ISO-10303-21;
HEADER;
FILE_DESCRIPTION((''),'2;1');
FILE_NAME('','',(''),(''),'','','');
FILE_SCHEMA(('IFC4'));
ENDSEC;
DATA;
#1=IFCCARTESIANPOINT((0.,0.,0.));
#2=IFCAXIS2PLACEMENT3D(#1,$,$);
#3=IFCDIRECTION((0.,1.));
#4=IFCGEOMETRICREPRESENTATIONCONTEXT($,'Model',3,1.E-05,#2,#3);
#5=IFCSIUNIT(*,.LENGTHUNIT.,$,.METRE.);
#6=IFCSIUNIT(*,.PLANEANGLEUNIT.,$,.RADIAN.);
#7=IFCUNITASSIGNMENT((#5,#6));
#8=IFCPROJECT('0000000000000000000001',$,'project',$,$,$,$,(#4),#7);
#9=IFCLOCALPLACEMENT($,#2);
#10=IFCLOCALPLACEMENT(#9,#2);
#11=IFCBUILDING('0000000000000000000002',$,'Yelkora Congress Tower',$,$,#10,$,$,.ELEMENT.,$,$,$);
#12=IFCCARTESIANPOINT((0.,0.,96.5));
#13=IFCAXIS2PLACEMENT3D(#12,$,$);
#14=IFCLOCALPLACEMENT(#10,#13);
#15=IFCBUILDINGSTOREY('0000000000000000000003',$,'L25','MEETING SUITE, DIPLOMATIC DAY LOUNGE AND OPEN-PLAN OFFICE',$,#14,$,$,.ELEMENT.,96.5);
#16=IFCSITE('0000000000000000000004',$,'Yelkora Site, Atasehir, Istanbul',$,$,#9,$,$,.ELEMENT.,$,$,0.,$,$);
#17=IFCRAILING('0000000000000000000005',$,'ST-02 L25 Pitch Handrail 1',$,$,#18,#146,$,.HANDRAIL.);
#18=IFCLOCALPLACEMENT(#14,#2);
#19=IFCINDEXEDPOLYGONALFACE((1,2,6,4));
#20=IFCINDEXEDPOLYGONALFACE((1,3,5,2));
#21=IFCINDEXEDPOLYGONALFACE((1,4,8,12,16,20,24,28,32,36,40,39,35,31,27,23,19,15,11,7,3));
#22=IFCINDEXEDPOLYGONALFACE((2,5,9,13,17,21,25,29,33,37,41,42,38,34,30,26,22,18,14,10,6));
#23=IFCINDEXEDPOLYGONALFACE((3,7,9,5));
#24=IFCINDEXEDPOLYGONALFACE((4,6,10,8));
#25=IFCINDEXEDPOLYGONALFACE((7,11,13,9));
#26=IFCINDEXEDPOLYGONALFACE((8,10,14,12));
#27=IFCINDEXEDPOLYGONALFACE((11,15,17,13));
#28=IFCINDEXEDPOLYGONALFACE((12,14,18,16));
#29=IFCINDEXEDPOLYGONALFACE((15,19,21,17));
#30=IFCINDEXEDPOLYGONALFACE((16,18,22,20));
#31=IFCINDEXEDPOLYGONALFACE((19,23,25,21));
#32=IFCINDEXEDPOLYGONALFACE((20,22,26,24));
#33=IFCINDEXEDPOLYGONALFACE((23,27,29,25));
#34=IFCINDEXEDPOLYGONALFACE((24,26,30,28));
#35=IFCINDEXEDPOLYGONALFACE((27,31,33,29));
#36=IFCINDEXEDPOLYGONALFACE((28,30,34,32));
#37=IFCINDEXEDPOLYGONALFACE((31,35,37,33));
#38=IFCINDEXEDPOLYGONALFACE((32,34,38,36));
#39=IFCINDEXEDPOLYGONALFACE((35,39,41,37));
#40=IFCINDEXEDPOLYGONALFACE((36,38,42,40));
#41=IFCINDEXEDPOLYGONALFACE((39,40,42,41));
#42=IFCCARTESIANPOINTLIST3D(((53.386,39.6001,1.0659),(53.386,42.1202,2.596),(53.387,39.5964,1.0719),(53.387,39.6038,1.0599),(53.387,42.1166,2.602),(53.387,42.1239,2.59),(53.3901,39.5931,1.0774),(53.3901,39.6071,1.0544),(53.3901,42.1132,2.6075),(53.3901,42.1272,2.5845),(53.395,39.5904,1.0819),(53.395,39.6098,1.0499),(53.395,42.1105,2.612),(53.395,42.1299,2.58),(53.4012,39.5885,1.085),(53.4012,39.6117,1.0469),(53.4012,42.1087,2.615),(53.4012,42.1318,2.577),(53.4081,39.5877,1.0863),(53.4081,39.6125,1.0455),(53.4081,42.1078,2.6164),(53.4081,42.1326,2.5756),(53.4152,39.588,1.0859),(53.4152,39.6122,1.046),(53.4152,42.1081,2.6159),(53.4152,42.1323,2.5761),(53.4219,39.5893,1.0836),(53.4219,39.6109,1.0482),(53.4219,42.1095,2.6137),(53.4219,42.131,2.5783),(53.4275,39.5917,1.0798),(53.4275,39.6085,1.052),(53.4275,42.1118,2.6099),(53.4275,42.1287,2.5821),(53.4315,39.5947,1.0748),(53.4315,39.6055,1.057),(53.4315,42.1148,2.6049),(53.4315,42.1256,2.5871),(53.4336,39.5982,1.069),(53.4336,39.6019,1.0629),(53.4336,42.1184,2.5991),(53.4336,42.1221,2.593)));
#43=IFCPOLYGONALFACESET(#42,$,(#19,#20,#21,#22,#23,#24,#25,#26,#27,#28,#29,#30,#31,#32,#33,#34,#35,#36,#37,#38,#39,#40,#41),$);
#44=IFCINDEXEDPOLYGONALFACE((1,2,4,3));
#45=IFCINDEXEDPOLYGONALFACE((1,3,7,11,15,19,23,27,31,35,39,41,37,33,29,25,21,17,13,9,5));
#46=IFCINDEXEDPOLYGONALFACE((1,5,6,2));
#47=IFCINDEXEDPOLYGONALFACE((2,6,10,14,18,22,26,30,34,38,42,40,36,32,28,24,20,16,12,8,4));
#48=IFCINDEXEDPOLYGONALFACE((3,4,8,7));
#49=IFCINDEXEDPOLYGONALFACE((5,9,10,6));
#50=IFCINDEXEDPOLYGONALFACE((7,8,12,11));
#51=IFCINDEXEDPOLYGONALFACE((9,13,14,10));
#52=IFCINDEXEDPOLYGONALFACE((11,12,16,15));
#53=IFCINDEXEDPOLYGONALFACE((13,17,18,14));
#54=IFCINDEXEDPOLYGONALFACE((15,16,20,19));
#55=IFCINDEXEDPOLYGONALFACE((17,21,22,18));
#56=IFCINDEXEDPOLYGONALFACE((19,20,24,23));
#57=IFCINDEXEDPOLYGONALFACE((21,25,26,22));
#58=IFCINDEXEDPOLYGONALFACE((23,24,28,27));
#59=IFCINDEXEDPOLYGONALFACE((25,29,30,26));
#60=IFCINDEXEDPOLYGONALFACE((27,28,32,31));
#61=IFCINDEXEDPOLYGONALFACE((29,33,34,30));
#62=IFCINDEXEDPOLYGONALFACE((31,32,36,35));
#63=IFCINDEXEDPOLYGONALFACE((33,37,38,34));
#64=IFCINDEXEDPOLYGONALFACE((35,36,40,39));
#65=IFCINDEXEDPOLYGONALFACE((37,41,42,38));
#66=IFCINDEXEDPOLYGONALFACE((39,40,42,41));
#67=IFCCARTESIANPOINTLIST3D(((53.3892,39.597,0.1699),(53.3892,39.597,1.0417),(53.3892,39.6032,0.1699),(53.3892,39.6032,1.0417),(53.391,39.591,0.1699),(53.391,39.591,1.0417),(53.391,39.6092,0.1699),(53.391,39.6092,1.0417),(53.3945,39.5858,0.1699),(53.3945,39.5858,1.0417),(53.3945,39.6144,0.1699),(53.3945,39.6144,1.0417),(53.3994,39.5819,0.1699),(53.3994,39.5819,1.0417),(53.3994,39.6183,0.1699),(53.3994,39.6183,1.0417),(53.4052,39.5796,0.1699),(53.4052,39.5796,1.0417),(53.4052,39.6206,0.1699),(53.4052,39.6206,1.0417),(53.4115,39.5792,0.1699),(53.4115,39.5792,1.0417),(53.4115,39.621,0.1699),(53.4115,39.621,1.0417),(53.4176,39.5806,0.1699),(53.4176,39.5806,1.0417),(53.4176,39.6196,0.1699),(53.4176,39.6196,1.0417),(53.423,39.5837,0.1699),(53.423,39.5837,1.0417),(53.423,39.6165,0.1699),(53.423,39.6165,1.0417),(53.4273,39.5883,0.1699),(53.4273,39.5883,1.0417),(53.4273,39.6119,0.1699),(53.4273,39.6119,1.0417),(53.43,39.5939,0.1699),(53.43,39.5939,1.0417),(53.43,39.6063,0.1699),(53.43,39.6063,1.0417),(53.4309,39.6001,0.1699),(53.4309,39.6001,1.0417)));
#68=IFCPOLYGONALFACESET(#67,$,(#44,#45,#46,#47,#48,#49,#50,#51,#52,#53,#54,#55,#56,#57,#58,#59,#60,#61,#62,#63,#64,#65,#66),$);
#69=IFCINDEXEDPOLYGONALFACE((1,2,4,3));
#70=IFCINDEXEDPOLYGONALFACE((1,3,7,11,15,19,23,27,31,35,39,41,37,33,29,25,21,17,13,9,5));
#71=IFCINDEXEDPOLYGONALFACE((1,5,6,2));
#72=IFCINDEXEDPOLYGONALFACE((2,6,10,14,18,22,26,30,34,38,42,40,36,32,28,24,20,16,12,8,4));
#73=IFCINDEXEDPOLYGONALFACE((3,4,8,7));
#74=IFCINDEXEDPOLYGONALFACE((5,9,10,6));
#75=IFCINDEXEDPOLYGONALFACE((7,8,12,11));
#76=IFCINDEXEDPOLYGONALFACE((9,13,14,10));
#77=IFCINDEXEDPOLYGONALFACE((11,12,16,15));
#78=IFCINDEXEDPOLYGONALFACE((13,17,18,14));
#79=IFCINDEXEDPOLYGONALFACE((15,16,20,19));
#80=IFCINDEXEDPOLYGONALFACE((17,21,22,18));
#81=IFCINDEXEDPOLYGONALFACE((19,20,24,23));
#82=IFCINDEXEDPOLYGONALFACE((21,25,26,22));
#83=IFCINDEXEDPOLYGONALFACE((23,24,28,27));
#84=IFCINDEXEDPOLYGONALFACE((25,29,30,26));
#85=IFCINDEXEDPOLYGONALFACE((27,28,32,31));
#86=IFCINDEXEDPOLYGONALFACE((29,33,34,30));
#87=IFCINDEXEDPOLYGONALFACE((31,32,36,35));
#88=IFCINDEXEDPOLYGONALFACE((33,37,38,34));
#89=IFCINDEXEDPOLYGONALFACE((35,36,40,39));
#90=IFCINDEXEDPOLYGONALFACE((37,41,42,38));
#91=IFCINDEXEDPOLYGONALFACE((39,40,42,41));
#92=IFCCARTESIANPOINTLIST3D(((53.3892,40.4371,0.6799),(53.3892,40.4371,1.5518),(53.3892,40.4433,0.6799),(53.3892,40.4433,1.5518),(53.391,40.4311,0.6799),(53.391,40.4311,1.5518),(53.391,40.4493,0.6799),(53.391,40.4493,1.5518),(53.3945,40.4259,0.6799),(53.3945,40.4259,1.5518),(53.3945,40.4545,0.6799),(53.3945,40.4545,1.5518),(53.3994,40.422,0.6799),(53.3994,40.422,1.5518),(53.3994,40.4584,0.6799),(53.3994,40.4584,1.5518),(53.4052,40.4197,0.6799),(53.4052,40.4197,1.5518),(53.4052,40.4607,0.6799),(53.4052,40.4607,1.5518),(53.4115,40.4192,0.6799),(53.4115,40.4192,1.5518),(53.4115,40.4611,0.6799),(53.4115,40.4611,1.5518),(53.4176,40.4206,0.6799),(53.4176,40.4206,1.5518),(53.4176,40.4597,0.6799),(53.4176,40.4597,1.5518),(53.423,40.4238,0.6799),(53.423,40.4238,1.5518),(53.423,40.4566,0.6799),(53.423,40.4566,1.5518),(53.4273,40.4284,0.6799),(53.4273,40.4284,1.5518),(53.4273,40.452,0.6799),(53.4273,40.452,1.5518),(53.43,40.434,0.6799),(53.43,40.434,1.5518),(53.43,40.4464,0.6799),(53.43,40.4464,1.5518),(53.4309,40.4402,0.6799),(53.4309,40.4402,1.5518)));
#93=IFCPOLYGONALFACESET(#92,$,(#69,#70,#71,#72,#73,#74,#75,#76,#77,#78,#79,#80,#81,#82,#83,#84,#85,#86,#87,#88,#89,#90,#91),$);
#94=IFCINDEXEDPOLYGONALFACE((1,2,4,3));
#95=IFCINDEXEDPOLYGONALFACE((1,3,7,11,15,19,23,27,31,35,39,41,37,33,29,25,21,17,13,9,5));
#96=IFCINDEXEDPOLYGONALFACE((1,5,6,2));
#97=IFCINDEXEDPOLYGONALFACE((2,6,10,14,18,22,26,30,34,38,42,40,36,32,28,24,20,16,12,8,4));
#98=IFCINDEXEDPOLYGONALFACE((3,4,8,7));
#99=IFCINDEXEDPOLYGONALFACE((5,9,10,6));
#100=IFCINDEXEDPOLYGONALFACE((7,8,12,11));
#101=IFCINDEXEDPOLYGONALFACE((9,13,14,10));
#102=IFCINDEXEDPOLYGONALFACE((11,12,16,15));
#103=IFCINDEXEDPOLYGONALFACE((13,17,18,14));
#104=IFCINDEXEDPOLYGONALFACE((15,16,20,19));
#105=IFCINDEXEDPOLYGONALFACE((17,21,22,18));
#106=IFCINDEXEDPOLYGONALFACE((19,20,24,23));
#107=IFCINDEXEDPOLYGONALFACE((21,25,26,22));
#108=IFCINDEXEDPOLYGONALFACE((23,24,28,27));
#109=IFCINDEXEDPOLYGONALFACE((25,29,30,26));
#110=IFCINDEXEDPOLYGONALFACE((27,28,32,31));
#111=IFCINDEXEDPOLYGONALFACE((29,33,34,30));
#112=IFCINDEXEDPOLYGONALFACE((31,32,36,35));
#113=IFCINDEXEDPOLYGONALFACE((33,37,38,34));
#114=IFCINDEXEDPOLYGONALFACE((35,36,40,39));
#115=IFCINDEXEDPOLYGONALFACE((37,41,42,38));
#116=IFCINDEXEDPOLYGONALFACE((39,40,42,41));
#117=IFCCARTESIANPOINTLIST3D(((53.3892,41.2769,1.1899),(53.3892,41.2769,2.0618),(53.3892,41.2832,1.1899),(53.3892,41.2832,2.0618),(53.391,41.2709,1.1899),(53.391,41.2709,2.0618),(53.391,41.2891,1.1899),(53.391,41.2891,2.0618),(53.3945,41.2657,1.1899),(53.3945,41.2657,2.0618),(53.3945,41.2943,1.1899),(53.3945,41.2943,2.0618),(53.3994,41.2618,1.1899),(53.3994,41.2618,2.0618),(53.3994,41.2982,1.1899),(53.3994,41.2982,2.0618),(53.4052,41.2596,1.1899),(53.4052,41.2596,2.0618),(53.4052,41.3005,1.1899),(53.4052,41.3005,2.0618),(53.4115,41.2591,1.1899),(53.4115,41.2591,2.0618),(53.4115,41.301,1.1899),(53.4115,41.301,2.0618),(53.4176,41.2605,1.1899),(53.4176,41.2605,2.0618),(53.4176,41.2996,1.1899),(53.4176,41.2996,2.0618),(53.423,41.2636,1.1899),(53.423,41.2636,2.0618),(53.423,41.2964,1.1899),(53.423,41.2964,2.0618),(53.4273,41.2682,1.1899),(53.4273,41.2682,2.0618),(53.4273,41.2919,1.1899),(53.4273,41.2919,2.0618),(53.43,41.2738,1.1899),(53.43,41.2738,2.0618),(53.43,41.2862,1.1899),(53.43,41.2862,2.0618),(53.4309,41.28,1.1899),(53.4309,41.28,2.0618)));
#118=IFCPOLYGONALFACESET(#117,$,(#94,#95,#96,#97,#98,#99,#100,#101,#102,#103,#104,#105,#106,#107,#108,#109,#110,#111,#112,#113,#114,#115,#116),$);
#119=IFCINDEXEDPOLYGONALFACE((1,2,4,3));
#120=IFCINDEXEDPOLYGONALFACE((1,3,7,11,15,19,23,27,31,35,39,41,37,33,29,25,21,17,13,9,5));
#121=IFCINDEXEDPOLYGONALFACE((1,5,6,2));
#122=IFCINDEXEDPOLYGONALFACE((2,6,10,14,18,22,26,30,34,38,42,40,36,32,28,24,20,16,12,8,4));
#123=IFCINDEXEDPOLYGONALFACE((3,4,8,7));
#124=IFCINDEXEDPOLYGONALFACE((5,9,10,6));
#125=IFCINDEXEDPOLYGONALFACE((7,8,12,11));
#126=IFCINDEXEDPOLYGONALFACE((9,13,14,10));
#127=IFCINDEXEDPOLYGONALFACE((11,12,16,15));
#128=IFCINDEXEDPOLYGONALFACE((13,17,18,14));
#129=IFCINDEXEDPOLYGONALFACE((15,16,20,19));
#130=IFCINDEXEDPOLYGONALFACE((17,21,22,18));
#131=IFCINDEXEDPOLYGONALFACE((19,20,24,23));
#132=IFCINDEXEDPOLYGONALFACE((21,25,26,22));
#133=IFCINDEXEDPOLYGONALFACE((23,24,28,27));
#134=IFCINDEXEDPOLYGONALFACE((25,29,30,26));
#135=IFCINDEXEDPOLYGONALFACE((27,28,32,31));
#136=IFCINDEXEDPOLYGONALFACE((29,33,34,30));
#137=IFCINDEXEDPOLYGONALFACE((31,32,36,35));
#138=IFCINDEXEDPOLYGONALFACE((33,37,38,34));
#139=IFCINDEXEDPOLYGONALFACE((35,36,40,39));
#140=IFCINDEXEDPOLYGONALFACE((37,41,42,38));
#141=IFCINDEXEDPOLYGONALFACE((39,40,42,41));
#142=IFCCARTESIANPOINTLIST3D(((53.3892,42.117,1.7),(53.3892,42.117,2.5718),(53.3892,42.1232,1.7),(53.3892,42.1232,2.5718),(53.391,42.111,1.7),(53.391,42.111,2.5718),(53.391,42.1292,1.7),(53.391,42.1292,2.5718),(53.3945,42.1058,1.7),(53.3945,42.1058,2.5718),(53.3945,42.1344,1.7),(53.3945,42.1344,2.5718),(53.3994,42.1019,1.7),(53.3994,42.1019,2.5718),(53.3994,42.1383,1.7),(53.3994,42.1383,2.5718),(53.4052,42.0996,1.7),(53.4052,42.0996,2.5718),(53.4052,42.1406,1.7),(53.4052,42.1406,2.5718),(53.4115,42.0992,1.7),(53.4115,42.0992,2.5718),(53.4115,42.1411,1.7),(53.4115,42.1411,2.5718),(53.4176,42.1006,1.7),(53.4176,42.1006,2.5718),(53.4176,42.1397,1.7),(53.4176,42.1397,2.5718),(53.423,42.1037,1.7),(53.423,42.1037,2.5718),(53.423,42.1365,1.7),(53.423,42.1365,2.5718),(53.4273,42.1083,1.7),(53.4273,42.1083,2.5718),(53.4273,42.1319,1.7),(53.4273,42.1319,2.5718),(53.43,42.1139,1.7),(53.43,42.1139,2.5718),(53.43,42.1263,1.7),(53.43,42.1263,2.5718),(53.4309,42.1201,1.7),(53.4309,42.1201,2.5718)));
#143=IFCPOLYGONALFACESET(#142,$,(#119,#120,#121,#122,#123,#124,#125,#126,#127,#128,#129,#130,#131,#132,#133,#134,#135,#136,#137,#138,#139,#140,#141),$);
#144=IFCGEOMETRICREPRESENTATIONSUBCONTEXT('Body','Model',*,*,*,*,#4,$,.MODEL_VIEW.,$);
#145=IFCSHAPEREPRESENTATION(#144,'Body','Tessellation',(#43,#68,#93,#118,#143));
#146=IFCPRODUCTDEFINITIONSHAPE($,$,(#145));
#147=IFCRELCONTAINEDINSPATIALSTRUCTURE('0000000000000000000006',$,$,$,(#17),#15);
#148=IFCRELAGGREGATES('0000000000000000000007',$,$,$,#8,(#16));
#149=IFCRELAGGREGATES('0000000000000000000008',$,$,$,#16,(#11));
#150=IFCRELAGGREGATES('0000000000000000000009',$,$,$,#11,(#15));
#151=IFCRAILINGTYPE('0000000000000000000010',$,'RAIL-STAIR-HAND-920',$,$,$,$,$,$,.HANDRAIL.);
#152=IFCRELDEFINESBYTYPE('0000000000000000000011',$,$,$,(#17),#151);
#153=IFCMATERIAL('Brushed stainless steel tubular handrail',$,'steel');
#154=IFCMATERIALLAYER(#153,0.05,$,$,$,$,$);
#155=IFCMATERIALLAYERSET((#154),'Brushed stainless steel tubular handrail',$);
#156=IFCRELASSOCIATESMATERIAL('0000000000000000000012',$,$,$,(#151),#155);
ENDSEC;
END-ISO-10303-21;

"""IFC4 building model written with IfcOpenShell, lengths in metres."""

from ifc_helpers import new_model, si_unit, direction, frame, origin, origin_2d, place, context, subcontext, project, spatial, circle, extrude, material, layer, layer_set, type_object, element, save


model = new_model("IFC4")

# Units and contexts
model_context = context("Model", 3, precision=1e-05, world=origin(), true_north=direction((0.0, 1.0)))
body_context = subcontext(model_context, "Body", "Model", "MODEL_VIEW")
ifc_project = project(units=[si_unit("LENGTHUNIT", "METRE"), si_unit("PLANEANGLEUNIT", "RADIAN")], contexts=[model_context])

# Site, building, storey
site_placement = place(None, origin())
site = spatial("IfcSite", under=ifc_project, at=site_placement, Name="Yelkora Site, Atasehir, Istanbul", CompositionType="ELEMENT", RefElevation=0.0)
building_placement = place(site_placement, origin())
building = spatial("IfcBuilding", under=site, at=building_placement, Name="Yelkora Congress Tower", CompositionType="ELEMENT")
storey_placement = place(building_placement, frame((0.0, 0.0, 96.5)))
storey = spatial("IfcBuildingStorey", under=building, at=storey_placement, Name="L25", Description="MEETING SUITE, DIPLOMATIC DAY LOUNGE AND OPEN-PLAN OFFICE", CompositionType="ELEMENT", Elevation=96.5)

# Railing
ifc_material_1 = material(Name="Brushed stainless steel tubular handrail", Category="steel")
ifc_layer_1 = layer(ifc_material_1, 0.05)
ifc_layer_set_1 = layer_set([ifc_layer_1], Name="Brushed stainless steel tubular handrail")
railing_type_1 = type_object("IfcRailingType", Name="RAIL-STAIR-HAND-920", PredefinedType="HANDRAIL", material=ifc_layer_set_1)
railing_1_placement = place(storey_placement, frame((53.4099, 39.6001, 0.1699)))
element("IfcRailing", 1, at=railing_1_placement, inside=storey, type_object=railing_type_1, Name="ST-02 L25 Pitch Handrail 1", PredefinedType="HANDRAIL", context=body_context, shape_type="SweptSolid", body=[
    extrude(circle(Radius=0.0239, at=origin_2d()), frame((0.0, 0.0, 0.896), z_axis=(0.0, 0.854785, 0.518982), x_axis=(-1.0, 0.0, 0.0)), (0.0, 0.0, 1.0), 2.9482),
    extrude(circle(Radius=0.021, at=origin_2d()), origin(), (0.0, 0.0, 1.0), 0.8718),
    extrude(circle(Radius=0.021, at=origin_2d()), frame((0.0, 0.8401, 0.51)), (0.0, 0.0, 1.0), 0.8718),
    extrude(circle(Radius=0.021, at=origin_2d()), frame((0.0, 1.6799, 1.02)), (0.0, 0.0, 1.0), 0.8718),
    extrude(circle(Radius=0.021, at=origin_2d()), frame((0.0, 2.52, 1.53)), (0.0, 0.0, 1.0), 0.8718),
])

save(model, "model.ifc")
